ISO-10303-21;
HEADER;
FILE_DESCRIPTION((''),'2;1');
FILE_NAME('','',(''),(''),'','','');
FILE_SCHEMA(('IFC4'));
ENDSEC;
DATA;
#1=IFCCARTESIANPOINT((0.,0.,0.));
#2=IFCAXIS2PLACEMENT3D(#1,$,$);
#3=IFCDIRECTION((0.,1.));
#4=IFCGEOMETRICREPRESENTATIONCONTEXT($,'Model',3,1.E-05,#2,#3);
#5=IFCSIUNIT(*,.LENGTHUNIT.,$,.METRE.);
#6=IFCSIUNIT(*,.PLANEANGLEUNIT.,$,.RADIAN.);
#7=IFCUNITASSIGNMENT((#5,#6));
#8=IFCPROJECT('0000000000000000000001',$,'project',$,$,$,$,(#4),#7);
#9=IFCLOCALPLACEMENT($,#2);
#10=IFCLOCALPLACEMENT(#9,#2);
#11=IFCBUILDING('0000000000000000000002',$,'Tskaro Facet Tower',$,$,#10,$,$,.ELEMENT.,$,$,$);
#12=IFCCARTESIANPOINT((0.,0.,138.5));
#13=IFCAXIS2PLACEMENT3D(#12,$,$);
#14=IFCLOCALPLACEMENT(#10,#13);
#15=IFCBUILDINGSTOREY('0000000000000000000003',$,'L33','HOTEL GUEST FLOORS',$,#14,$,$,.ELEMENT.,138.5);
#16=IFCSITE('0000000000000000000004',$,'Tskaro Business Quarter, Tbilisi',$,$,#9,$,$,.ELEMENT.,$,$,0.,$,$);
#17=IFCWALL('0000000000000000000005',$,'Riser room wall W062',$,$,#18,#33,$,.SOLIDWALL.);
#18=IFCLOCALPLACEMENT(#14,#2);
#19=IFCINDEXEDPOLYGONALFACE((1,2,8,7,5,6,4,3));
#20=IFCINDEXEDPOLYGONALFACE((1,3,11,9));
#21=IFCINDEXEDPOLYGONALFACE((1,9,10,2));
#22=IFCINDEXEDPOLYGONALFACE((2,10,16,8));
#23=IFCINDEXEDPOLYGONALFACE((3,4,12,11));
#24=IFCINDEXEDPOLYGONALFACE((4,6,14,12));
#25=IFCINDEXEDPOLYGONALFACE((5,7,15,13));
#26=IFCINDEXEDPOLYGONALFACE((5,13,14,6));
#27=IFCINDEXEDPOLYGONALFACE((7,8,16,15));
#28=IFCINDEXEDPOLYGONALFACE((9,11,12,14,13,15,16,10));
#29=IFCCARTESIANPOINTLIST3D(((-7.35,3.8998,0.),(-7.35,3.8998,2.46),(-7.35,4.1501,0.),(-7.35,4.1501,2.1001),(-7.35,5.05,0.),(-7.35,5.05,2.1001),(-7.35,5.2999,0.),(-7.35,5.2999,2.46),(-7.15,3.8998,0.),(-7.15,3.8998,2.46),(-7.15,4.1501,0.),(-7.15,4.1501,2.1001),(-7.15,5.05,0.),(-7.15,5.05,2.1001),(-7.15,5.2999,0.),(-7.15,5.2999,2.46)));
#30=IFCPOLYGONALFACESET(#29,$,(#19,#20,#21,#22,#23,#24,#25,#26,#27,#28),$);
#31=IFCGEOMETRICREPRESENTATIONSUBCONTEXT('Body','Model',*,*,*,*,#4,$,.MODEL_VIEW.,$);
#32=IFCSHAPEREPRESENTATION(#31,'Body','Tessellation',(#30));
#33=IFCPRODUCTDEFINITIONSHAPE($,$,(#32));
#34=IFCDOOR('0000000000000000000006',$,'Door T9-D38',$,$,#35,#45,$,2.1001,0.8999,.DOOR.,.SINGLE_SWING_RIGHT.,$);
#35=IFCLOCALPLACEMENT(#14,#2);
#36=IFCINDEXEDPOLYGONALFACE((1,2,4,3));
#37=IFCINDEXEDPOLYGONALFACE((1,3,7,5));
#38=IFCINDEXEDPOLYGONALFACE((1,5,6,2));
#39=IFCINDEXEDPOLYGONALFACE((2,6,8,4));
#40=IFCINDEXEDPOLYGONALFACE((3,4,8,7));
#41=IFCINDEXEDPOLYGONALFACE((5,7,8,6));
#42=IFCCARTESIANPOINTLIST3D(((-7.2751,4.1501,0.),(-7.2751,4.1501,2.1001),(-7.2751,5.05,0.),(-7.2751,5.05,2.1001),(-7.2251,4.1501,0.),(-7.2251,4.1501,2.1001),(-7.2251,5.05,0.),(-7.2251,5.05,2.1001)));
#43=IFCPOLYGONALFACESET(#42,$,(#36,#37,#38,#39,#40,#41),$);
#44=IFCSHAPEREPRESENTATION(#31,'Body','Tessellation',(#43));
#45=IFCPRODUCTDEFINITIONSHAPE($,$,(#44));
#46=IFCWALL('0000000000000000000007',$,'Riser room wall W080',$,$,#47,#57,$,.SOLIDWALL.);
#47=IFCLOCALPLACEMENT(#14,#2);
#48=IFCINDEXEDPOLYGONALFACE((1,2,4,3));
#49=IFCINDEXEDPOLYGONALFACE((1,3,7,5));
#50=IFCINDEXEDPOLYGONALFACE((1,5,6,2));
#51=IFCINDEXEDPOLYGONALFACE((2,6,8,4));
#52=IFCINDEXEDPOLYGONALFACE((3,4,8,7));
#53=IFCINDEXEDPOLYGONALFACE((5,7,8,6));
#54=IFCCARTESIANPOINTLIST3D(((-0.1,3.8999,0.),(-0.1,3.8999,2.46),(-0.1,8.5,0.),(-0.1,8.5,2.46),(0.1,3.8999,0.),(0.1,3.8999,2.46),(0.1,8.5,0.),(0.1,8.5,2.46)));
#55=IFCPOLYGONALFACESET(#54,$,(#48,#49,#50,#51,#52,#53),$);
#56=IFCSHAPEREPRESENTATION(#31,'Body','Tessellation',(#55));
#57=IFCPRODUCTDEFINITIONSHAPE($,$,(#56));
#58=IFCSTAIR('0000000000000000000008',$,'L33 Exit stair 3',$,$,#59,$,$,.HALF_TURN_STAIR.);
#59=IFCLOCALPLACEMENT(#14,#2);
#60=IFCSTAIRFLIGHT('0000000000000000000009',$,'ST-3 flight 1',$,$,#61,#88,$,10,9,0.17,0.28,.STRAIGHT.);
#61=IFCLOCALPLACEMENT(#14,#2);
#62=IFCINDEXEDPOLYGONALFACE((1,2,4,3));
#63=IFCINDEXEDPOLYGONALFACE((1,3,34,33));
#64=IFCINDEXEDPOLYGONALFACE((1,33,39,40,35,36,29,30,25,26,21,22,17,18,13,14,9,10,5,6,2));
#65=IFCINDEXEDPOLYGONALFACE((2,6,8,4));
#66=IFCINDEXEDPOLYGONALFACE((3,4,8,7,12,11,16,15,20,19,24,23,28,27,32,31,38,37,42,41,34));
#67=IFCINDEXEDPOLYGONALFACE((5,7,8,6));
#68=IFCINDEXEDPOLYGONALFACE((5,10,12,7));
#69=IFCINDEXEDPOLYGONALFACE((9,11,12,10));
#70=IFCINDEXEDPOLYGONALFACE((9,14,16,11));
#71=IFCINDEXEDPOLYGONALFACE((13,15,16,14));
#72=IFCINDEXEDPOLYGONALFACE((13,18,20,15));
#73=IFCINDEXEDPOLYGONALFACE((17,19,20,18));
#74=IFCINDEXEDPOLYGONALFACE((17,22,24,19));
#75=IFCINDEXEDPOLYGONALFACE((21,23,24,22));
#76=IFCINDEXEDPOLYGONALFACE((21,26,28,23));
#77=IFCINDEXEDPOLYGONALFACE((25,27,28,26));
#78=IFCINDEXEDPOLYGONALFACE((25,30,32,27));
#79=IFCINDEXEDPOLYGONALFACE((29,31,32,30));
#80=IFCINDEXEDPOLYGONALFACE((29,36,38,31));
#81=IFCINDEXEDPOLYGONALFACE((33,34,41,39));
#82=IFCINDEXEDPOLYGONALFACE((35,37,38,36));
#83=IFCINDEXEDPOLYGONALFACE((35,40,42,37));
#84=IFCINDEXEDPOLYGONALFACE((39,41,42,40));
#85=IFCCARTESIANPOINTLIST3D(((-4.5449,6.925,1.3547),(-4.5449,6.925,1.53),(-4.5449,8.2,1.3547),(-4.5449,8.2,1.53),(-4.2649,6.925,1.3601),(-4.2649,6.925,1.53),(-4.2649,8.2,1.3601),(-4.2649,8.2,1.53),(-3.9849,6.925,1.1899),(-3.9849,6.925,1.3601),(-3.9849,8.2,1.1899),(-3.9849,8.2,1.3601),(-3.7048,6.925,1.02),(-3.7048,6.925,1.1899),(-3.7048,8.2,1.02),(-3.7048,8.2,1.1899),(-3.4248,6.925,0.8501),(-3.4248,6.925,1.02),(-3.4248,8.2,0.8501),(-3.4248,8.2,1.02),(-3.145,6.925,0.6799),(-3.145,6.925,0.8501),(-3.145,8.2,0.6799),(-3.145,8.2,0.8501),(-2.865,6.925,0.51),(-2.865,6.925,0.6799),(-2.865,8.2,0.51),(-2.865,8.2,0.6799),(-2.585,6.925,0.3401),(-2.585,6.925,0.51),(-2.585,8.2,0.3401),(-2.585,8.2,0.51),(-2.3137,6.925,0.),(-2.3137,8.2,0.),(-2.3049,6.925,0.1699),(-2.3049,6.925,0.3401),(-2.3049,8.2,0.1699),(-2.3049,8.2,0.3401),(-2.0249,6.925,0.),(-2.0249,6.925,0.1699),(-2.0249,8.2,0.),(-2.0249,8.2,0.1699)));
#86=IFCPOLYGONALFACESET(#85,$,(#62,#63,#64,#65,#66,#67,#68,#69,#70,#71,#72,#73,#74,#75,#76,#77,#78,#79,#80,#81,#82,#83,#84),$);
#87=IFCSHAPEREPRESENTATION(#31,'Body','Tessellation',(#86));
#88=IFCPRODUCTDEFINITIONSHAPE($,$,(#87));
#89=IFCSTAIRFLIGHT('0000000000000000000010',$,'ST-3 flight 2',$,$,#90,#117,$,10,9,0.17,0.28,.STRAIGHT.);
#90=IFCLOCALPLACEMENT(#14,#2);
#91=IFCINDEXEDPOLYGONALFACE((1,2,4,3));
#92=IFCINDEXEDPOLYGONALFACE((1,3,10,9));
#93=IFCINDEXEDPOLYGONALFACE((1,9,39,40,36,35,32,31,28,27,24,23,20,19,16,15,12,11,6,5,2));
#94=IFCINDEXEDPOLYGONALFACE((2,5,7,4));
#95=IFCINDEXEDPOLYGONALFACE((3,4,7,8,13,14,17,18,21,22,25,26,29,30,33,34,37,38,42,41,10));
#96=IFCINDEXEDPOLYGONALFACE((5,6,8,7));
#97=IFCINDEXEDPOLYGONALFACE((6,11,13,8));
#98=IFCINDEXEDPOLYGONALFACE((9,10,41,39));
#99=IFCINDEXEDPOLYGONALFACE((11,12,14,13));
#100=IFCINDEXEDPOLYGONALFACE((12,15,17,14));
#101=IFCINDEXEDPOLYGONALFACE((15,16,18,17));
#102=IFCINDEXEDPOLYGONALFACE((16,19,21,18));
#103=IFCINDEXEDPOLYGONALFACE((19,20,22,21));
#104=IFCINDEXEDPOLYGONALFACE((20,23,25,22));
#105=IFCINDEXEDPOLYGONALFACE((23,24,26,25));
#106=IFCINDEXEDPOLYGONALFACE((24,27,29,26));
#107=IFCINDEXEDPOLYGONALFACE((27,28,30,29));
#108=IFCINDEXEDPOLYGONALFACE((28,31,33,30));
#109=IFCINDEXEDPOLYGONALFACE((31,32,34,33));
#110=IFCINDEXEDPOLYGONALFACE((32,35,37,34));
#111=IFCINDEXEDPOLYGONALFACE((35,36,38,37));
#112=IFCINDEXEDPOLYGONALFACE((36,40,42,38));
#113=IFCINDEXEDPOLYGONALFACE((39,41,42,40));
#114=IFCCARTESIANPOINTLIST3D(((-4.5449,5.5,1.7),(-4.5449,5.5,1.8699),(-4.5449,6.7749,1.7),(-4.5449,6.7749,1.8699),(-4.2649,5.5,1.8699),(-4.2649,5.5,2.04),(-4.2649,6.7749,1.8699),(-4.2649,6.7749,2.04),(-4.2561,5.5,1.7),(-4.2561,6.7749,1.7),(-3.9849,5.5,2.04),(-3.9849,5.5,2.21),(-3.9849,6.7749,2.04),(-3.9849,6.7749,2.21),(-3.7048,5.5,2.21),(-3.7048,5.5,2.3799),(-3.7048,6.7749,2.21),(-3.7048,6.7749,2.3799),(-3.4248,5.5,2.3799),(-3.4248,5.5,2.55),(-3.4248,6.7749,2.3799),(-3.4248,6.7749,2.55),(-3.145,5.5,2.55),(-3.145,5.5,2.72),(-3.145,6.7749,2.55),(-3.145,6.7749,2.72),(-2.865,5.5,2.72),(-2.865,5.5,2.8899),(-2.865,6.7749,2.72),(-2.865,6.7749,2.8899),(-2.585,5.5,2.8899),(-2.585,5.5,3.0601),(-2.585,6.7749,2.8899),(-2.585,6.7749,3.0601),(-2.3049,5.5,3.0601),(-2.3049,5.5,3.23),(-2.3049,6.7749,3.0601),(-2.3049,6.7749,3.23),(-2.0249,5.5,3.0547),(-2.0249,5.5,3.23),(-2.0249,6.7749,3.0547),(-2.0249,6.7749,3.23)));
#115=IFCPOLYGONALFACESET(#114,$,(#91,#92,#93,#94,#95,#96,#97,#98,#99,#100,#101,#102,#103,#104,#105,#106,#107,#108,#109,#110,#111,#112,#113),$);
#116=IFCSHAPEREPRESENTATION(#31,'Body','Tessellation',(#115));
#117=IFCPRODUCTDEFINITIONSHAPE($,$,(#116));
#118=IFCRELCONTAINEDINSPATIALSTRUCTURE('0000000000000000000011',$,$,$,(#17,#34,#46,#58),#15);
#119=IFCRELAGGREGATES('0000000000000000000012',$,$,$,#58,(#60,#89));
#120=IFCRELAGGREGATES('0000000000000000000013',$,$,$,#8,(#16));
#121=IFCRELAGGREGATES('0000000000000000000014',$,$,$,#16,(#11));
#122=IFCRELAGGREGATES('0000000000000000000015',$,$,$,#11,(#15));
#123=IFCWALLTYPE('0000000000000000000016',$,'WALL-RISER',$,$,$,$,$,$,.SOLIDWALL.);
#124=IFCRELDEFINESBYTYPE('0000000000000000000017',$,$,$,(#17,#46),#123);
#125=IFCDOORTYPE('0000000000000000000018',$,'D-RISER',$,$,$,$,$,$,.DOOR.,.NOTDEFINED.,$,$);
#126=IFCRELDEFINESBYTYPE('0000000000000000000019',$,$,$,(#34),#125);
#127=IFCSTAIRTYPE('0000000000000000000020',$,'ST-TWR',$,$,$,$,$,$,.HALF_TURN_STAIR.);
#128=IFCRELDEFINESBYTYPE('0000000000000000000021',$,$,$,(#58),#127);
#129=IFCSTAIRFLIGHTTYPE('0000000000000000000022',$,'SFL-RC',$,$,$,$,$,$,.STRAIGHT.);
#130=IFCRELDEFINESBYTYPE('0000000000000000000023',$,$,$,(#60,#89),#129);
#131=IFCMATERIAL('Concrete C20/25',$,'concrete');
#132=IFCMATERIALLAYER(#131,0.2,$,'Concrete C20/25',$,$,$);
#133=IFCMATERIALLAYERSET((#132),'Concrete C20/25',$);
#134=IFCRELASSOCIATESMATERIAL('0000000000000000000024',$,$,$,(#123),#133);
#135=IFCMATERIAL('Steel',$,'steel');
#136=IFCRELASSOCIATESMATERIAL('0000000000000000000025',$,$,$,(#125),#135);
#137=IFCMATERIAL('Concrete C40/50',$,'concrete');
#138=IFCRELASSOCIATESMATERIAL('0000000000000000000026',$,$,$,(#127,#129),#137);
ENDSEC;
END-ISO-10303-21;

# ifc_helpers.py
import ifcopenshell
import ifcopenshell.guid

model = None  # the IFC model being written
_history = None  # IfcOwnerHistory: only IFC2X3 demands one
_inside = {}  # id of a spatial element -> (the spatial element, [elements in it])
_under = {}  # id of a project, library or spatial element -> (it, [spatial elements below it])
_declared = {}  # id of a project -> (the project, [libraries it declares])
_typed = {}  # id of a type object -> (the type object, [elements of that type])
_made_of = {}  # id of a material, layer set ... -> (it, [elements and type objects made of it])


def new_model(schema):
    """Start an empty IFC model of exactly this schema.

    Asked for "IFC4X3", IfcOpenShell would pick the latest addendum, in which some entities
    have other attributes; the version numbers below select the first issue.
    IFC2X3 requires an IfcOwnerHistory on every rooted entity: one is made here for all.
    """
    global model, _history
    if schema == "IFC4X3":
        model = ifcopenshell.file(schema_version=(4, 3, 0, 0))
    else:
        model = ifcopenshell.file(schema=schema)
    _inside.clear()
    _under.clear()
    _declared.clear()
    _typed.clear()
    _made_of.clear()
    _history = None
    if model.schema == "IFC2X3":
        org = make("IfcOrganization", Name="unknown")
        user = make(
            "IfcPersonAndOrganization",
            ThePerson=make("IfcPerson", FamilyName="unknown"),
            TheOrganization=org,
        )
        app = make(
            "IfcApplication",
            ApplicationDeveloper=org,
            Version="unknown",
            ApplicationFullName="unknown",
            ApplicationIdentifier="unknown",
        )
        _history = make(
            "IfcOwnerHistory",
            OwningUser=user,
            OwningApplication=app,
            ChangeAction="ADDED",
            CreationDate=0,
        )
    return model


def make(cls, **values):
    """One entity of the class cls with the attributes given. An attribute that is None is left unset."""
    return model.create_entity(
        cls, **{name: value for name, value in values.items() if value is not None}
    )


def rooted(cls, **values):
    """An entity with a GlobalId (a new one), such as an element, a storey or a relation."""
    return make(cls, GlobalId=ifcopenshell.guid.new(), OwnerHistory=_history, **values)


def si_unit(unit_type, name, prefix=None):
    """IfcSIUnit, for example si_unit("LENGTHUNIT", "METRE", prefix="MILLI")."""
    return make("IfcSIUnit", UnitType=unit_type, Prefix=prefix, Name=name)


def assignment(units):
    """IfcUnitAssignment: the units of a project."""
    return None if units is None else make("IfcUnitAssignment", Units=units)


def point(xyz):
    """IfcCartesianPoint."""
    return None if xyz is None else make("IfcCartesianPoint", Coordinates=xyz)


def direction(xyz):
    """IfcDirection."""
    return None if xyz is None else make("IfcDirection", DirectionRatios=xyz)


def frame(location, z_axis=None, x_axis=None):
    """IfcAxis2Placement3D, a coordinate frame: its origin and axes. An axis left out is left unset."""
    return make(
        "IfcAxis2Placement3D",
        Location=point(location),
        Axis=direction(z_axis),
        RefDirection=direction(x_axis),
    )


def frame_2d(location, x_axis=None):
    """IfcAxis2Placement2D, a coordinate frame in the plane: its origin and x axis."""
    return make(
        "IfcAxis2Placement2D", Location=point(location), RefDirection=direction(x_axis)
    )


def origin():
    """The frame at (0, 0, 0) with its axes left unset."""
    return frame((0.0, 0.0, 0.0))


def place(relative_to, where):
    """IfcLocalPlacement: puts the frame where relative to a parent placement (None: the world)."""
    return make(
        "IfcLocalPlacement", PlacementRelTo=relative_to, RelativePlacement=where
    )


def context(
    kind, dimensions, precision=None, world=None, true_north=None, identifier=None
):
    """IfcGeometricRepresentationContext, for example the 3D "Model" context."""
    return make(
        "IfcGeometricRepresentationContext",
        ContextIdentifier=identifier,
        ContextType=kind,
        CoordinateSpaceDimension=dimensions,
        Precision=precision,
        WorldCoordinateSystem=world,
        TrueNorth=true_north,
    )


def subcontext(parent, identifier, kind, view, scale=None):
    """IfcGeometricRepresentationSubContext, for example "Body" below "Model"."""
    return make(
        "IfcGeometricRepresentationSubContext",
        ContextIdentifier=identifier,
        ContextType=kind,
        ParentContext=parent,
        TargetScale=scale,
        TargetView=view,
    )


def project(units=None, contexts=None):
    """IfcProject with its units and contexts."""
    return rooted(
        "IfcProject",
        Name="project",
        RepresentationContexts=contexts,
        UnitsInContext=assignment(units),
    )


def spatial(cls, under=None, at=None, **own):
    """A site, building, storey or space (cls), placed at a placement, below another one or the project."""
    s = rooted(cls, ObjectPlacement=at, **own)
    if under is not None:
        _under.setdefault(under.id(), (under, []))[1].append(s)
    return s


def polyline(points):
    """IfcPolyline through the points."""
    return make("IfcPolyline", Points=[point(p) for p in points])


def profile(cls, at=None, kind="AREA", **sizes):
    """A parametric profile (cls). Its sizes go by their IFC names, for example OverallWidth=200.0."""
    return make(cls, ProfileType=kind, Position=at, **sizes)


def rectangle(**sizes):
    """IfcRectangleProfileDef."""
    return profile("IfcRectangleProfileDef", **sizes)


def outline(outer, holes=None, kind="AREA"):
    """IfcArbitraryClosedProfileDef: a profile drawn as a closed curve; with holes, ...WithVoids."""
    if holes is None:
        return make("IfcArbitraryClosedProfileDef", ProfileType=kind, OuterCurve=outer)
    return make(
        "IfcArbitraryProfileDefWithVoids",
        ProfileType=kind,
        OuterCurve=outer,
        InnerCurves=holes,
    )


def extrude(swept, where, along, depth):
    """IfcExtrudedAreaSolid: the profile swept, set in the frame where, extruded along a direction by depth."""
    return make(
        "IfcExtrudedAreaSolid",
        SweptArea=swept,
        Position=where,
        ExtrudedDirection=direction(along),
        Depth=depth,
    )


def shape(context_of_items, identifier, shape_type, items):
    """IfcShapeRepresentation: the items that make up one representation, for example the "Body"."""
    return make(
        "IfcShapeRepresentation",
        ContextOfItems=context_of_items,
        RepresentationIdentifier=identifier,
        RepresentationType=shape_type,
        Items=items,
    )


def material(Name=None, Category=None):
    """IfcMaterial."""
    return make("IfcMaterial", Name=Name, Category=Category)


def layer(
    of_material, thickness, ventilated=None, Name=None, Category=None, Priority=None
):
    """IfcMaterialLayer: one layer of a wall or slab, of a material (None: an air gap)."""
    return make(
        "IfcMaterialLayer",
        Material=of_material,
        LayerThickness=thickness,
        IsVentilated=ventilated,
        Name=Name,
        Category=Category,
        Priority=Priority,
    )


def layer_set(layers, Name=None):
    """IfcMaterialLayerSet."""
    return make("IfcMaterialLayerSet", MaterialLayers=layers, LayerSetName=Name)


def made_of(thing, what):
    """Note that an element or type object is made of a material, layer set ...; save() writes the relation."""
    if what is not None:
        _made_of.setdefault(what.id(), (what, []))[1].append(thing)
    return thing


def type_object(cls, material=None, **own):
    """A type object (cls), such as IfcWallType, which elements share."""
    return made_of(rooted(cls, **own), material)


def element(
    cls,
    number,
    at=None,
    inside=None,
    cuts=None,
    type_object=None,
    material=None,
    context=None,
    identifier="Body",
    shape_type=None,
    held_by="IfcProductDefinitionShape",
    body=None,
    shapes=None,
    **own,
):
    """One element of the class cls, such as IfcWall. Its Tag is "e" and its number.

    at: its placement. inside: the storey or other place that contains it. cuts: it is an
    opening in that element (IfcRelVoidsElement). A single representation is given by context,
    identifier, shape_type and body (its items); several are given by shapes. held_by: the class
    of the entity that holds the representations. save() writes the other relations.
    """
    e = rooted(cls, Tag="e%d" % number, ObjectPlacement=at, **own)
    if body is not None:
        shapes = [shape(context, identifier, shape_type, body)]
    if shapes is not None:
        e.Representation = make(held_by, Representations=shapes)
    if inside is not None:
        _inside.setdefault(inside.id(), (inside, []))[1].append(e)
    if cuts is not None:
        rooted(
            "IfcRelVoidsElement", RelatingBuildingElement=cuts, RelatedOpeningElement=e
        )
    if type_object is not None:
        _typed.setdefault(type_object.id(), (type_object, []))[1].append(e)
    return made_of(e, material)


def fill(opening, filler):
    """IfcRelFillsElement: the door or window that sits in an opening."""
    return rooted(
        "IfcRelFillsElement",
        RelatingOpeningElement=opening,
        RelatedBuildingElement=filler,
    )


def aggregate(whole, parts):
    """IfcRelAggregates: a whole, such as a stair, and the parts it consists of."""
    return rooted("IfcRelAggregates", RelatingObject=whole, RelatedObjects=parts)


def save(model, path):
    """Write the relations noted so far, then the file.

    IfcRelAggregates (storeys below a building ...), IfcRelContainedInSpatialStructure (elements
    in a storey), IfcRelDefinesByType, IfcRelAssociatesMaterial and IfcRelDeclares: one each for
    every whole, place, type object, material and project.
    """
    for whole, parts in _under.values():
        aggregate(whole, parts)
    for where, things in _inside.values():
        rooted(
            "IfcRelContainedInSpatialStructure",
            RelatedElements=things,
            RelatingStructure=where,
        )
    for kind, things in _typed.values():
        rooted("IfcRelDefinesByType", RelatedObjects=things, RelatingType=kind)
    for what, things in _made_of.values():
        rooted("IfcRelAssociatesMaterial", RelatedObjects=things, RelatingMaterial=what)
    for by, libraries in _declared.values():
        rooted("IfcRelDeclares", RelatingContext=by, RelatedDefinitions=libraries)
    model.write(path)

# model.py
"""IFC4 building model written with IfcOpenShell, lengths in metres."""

from ifc_helpers import new_model, si_unit, direction, frame, frame_2d, origin, place, context, subcontext, project, spatial, polyline, rectangle, outline, extrude, material, layer, layer_set, type_object, element, fill, aggregate, save


model = new_model("IFC4")

# Units and contexts
model_context = context("Model", 3, precision=1e-05, world=origin(), true_north=direction((0.0, 1.0)))
body_context = subcontext(model_context, "Body", "Model", "MODEL_VIEW")
ifc_project = project(units=[si_unit("LENGTHUNIT", "METRE"), si_unit("PLANEANGLEUNIT", "RADIAN")], contexts=[model_context])

# Site, building, storey
site_placement = place(None, origin())
site = spatial("IfcSite", under=ifc_project, at=site_placement, Name="Tskaro Business Quarter, Tbilisi", CompositionType="ELEMENT", RefElevation=0.0)
building_placement = place(site_placement, origin())
building = spatial("IfcBuilding", under=site, at=building_placement, Name="Tskaro Facet Tower", CompositionType="ELEMENT")
storey_placement = place(building_placement, frame((0.0, 0.0, 138.5)))
storey = spatial("IfcBuildingStorey", under=building, at=storey_placement, Name="L33", Description="HOTEL GUEST FLOORS", CompositionType="ELEMENT", Elevation=138.5)

# Shared definitions
ifc_material_1 = material(Name="Steel", Category="steel")

# Shared definitions
ifc_material_2 = material(Name="Concrete C20/25", Category="concrete")
ifc_layer_1 = layer(ifc_material_2, 0.2, Name="Concrete C20/25")
ifc_layer_set_1 = layer_set([ifc_layer_1], Name="Concrete C20/25")
wall_type_1 = type_object("IfcWallType", Name="WALL-RISER", PredefinedType="SOLIDWALL", material=ifc_layer_set_1)

# Wall, opening, door
wall_1_placement = place(storey_placement, frame((-7.25, 5.3, 0.0), z_axis=(0.0, 0.0, 1.0), x_axis=(0.0, -1.0, 0.0)))
wall_1 = element("IfcWall", 1, at=wall_1_placement, inside=storey, type_object=wall_type_1, Name="Riser room wall W062", PredefinedType="SOLIDWALL", context=body_context, shape_type="SweptSolid", body=[
    extrude(rectangle(XDim=1.4001, YDim=0.2, at=frame_2d((0.7002, 0.0))), origin(), (0.0, 0.0, 1.0), 2.46),
])
opening_1_placement = place(wall_1_placement, frame((0.25, 0.0, 0.0)))
opening_1 = element("IfcOpeningElement", 2, at=opening_1_placement, cuts=wall_1, PredefinedType="OPENING", context=body_context, shape_type="SweptSolid", body=[
    extrude(rectangle(XDim=0.8999, YDim=2.1001, at=frame_2d((0.45, 1.05))), frame((0.0, 0.1099, 0.0), z_axis=(0.0, -1.0, 0.0), x_axis=(1.0, 0.0, 0.0)), (0.0, 0.0, 1.0), 0.22),
])
door_type_1 = type_object("IfcDoorType", Name="D-RISER", OperationType="NOTDEFINED", PredefinedType="DOOR", material=ifc_material_1)
door_1_placement = place(opening_1_placement, origin())
door_1 = element("IfcDoor", 3, at=door_1_placement, inside=storey, type_object=door_type_1, Name="Door T9-D38", OperationType="SINGLE_SWING_RIGHT", OverallHeight=2.1001, OverallWidth=0.8999, PredefinedType="DOOR", context=body_context, shape_type="SweptSolid", body=[
    extrude(rectangle(XDim=0.8999, YDim=2.1001, at=frame_2d((0.45, 1.05))), frame((0.0, 0.0249, 0.0), z_axis=(0.0, -1.0, 0.0), x_axis=(1.0, 0.0, 0.0)), (0.0, 0.0, 1.0), 0.05),
])
fill(opening_1, door_1)

# Wall
wall_2_placement = place(storey_placement, frame((0.0, 3.8999, 0.0), z_axis=(0.0, 0.0, 1.0), x_axis=(0.0, 1.0, 0.0)))
element("IfcWall", 4, at=wall_2_placement, inside=storey, type_object=wall_type_1, Name="Riser room wall W080", PredefinedType="SOLIDWALL", context=body_context, shape_type="SweptSolid", body=[
    extrude(rectangle(XDim=4.6001, YDim=0.2, at=frame_2d((2.3, 0.0))), origin(), (0.0, 0.0, 1.0), 2.46),
])

# Stair, stair flights
ifc_material_3 = material(Name="Concrete C40/50", Category="concrete")
stair_type = type_object("IfcStairType", Name="ST-TWR", PredefinedType="HALF_TURN_STAIR", material=ifc_material_3)
stair_placement = place(storey_placement, origin())
stair = element("IfcStair", 5, at=stair_placement, inside=storey, type_object=stair_type, Name="L33 Exit stair 3", PredefinedType="HALF_TURN_STAIR")
stair_flight_type = type_object("IfcStairFlightType", Name="SFL-RC", PredefinedType="STRAIGHT", material=ifc_material_3)
stair_flight_1_placement = place(storey_placement, frame((-2.0249, 7.5625, 0.0), z_axis=(0.0, 0.0, 1.0), x_axis=(-1.0, 0.0, 0.0)))
stair_flight_1 = element("IfcStairFlight", 6, at=stair_flight_1_placement, type_object=stair_flight_type, Name="ST-3 flight 1", NumberOfRisers=10, NumberOfTreads=9, PredefinedType="STRAIGHT", RiserHeight=0.17, TreadLength=0.28, context=body_context, shape_type="SweptSolid", body=[
    extrude(outline(polyline([(0.0, 0.0), (0.0, 0.1699), (0.28, 0.1699), (0.28, 0.3401), (0.5601, 0.3401), (0.5601, 0.51), (0.8401, 0.51), (0.8401, 0.6799), (1.1201, 0.6799), (1.1201, 0.8501), (1.3999, 0.8501), (1.3999, 1.02), (1.6799, 1.02), (1.6799, 1.1899), (1.96, 1.1899), (1.96, 1.3601), (2.24, 1.3601), (2.24, 1.53), (2.52, 1.53), (2.52, 1.7), (2.52, 1.3547), (0.2888, 0.0), (0.0, 0.0)])), frame((0.0, 0.6375, 0.0), z_axis=(0.0, -1.0, 0.0), x_axis=(1.0, 0.0, 0.0)), (0.0, 0.0, 1.0), 1.2749),
])
stair_flight_2_placement = place(storey_placement, frame((-4.5449, 6.1375, 1.7), z_axis=(0.0, 0.0, 1.0), x_axis=(1.0, 0.0, 0.0)))
stair_flight_2 = element("IfcStairFlight", 7, at=stair_flight_2_placement, type_object=stair_flight_type, Name="ST-3 flight 2", NumberOfRisers=10, NumberOfTreads=9, PredefinedType="STRAIGHT", RiserHeight=0.17, TreadLength=0.28, context=body_context, shape_type="SweptSolid", body=[
    extrude(outline(polyline([(0.0, 0.0), (0.0, 0.1699), (0.28, 0.1699), (0.28, 0.3401), (0.5601, 0.3401), (0.5601, 0.51), (0.8401, 0.51), (0.8401, 0.6799), (1.1201, 0.6799), (1.1201, 0.8501), (1.3999, 0.8501), (1.3999, 1.02), (1.6799, 1.02), (1.6799, 1.1899), (1.96, 1.1899), (1.96, 1.3601), (2.24, 1.3601), (2.24, 1.53), (2.52, 1.53), (2.52, 1.7), (2.52, 1.3547), (0.2888, 0.0), (0.0, 0.0)])), frame((0.0, 0.6375, 0.0), z_axis=(0.0, -1.0, 0.0), x_axis=(1.0, 0.0, 0.0)), (0.0, 0.0, 1.0), 1.2749),
])
aggregate(stair, [stair_flight_1, stair_flight_2])

save(model, "model.ifc")
